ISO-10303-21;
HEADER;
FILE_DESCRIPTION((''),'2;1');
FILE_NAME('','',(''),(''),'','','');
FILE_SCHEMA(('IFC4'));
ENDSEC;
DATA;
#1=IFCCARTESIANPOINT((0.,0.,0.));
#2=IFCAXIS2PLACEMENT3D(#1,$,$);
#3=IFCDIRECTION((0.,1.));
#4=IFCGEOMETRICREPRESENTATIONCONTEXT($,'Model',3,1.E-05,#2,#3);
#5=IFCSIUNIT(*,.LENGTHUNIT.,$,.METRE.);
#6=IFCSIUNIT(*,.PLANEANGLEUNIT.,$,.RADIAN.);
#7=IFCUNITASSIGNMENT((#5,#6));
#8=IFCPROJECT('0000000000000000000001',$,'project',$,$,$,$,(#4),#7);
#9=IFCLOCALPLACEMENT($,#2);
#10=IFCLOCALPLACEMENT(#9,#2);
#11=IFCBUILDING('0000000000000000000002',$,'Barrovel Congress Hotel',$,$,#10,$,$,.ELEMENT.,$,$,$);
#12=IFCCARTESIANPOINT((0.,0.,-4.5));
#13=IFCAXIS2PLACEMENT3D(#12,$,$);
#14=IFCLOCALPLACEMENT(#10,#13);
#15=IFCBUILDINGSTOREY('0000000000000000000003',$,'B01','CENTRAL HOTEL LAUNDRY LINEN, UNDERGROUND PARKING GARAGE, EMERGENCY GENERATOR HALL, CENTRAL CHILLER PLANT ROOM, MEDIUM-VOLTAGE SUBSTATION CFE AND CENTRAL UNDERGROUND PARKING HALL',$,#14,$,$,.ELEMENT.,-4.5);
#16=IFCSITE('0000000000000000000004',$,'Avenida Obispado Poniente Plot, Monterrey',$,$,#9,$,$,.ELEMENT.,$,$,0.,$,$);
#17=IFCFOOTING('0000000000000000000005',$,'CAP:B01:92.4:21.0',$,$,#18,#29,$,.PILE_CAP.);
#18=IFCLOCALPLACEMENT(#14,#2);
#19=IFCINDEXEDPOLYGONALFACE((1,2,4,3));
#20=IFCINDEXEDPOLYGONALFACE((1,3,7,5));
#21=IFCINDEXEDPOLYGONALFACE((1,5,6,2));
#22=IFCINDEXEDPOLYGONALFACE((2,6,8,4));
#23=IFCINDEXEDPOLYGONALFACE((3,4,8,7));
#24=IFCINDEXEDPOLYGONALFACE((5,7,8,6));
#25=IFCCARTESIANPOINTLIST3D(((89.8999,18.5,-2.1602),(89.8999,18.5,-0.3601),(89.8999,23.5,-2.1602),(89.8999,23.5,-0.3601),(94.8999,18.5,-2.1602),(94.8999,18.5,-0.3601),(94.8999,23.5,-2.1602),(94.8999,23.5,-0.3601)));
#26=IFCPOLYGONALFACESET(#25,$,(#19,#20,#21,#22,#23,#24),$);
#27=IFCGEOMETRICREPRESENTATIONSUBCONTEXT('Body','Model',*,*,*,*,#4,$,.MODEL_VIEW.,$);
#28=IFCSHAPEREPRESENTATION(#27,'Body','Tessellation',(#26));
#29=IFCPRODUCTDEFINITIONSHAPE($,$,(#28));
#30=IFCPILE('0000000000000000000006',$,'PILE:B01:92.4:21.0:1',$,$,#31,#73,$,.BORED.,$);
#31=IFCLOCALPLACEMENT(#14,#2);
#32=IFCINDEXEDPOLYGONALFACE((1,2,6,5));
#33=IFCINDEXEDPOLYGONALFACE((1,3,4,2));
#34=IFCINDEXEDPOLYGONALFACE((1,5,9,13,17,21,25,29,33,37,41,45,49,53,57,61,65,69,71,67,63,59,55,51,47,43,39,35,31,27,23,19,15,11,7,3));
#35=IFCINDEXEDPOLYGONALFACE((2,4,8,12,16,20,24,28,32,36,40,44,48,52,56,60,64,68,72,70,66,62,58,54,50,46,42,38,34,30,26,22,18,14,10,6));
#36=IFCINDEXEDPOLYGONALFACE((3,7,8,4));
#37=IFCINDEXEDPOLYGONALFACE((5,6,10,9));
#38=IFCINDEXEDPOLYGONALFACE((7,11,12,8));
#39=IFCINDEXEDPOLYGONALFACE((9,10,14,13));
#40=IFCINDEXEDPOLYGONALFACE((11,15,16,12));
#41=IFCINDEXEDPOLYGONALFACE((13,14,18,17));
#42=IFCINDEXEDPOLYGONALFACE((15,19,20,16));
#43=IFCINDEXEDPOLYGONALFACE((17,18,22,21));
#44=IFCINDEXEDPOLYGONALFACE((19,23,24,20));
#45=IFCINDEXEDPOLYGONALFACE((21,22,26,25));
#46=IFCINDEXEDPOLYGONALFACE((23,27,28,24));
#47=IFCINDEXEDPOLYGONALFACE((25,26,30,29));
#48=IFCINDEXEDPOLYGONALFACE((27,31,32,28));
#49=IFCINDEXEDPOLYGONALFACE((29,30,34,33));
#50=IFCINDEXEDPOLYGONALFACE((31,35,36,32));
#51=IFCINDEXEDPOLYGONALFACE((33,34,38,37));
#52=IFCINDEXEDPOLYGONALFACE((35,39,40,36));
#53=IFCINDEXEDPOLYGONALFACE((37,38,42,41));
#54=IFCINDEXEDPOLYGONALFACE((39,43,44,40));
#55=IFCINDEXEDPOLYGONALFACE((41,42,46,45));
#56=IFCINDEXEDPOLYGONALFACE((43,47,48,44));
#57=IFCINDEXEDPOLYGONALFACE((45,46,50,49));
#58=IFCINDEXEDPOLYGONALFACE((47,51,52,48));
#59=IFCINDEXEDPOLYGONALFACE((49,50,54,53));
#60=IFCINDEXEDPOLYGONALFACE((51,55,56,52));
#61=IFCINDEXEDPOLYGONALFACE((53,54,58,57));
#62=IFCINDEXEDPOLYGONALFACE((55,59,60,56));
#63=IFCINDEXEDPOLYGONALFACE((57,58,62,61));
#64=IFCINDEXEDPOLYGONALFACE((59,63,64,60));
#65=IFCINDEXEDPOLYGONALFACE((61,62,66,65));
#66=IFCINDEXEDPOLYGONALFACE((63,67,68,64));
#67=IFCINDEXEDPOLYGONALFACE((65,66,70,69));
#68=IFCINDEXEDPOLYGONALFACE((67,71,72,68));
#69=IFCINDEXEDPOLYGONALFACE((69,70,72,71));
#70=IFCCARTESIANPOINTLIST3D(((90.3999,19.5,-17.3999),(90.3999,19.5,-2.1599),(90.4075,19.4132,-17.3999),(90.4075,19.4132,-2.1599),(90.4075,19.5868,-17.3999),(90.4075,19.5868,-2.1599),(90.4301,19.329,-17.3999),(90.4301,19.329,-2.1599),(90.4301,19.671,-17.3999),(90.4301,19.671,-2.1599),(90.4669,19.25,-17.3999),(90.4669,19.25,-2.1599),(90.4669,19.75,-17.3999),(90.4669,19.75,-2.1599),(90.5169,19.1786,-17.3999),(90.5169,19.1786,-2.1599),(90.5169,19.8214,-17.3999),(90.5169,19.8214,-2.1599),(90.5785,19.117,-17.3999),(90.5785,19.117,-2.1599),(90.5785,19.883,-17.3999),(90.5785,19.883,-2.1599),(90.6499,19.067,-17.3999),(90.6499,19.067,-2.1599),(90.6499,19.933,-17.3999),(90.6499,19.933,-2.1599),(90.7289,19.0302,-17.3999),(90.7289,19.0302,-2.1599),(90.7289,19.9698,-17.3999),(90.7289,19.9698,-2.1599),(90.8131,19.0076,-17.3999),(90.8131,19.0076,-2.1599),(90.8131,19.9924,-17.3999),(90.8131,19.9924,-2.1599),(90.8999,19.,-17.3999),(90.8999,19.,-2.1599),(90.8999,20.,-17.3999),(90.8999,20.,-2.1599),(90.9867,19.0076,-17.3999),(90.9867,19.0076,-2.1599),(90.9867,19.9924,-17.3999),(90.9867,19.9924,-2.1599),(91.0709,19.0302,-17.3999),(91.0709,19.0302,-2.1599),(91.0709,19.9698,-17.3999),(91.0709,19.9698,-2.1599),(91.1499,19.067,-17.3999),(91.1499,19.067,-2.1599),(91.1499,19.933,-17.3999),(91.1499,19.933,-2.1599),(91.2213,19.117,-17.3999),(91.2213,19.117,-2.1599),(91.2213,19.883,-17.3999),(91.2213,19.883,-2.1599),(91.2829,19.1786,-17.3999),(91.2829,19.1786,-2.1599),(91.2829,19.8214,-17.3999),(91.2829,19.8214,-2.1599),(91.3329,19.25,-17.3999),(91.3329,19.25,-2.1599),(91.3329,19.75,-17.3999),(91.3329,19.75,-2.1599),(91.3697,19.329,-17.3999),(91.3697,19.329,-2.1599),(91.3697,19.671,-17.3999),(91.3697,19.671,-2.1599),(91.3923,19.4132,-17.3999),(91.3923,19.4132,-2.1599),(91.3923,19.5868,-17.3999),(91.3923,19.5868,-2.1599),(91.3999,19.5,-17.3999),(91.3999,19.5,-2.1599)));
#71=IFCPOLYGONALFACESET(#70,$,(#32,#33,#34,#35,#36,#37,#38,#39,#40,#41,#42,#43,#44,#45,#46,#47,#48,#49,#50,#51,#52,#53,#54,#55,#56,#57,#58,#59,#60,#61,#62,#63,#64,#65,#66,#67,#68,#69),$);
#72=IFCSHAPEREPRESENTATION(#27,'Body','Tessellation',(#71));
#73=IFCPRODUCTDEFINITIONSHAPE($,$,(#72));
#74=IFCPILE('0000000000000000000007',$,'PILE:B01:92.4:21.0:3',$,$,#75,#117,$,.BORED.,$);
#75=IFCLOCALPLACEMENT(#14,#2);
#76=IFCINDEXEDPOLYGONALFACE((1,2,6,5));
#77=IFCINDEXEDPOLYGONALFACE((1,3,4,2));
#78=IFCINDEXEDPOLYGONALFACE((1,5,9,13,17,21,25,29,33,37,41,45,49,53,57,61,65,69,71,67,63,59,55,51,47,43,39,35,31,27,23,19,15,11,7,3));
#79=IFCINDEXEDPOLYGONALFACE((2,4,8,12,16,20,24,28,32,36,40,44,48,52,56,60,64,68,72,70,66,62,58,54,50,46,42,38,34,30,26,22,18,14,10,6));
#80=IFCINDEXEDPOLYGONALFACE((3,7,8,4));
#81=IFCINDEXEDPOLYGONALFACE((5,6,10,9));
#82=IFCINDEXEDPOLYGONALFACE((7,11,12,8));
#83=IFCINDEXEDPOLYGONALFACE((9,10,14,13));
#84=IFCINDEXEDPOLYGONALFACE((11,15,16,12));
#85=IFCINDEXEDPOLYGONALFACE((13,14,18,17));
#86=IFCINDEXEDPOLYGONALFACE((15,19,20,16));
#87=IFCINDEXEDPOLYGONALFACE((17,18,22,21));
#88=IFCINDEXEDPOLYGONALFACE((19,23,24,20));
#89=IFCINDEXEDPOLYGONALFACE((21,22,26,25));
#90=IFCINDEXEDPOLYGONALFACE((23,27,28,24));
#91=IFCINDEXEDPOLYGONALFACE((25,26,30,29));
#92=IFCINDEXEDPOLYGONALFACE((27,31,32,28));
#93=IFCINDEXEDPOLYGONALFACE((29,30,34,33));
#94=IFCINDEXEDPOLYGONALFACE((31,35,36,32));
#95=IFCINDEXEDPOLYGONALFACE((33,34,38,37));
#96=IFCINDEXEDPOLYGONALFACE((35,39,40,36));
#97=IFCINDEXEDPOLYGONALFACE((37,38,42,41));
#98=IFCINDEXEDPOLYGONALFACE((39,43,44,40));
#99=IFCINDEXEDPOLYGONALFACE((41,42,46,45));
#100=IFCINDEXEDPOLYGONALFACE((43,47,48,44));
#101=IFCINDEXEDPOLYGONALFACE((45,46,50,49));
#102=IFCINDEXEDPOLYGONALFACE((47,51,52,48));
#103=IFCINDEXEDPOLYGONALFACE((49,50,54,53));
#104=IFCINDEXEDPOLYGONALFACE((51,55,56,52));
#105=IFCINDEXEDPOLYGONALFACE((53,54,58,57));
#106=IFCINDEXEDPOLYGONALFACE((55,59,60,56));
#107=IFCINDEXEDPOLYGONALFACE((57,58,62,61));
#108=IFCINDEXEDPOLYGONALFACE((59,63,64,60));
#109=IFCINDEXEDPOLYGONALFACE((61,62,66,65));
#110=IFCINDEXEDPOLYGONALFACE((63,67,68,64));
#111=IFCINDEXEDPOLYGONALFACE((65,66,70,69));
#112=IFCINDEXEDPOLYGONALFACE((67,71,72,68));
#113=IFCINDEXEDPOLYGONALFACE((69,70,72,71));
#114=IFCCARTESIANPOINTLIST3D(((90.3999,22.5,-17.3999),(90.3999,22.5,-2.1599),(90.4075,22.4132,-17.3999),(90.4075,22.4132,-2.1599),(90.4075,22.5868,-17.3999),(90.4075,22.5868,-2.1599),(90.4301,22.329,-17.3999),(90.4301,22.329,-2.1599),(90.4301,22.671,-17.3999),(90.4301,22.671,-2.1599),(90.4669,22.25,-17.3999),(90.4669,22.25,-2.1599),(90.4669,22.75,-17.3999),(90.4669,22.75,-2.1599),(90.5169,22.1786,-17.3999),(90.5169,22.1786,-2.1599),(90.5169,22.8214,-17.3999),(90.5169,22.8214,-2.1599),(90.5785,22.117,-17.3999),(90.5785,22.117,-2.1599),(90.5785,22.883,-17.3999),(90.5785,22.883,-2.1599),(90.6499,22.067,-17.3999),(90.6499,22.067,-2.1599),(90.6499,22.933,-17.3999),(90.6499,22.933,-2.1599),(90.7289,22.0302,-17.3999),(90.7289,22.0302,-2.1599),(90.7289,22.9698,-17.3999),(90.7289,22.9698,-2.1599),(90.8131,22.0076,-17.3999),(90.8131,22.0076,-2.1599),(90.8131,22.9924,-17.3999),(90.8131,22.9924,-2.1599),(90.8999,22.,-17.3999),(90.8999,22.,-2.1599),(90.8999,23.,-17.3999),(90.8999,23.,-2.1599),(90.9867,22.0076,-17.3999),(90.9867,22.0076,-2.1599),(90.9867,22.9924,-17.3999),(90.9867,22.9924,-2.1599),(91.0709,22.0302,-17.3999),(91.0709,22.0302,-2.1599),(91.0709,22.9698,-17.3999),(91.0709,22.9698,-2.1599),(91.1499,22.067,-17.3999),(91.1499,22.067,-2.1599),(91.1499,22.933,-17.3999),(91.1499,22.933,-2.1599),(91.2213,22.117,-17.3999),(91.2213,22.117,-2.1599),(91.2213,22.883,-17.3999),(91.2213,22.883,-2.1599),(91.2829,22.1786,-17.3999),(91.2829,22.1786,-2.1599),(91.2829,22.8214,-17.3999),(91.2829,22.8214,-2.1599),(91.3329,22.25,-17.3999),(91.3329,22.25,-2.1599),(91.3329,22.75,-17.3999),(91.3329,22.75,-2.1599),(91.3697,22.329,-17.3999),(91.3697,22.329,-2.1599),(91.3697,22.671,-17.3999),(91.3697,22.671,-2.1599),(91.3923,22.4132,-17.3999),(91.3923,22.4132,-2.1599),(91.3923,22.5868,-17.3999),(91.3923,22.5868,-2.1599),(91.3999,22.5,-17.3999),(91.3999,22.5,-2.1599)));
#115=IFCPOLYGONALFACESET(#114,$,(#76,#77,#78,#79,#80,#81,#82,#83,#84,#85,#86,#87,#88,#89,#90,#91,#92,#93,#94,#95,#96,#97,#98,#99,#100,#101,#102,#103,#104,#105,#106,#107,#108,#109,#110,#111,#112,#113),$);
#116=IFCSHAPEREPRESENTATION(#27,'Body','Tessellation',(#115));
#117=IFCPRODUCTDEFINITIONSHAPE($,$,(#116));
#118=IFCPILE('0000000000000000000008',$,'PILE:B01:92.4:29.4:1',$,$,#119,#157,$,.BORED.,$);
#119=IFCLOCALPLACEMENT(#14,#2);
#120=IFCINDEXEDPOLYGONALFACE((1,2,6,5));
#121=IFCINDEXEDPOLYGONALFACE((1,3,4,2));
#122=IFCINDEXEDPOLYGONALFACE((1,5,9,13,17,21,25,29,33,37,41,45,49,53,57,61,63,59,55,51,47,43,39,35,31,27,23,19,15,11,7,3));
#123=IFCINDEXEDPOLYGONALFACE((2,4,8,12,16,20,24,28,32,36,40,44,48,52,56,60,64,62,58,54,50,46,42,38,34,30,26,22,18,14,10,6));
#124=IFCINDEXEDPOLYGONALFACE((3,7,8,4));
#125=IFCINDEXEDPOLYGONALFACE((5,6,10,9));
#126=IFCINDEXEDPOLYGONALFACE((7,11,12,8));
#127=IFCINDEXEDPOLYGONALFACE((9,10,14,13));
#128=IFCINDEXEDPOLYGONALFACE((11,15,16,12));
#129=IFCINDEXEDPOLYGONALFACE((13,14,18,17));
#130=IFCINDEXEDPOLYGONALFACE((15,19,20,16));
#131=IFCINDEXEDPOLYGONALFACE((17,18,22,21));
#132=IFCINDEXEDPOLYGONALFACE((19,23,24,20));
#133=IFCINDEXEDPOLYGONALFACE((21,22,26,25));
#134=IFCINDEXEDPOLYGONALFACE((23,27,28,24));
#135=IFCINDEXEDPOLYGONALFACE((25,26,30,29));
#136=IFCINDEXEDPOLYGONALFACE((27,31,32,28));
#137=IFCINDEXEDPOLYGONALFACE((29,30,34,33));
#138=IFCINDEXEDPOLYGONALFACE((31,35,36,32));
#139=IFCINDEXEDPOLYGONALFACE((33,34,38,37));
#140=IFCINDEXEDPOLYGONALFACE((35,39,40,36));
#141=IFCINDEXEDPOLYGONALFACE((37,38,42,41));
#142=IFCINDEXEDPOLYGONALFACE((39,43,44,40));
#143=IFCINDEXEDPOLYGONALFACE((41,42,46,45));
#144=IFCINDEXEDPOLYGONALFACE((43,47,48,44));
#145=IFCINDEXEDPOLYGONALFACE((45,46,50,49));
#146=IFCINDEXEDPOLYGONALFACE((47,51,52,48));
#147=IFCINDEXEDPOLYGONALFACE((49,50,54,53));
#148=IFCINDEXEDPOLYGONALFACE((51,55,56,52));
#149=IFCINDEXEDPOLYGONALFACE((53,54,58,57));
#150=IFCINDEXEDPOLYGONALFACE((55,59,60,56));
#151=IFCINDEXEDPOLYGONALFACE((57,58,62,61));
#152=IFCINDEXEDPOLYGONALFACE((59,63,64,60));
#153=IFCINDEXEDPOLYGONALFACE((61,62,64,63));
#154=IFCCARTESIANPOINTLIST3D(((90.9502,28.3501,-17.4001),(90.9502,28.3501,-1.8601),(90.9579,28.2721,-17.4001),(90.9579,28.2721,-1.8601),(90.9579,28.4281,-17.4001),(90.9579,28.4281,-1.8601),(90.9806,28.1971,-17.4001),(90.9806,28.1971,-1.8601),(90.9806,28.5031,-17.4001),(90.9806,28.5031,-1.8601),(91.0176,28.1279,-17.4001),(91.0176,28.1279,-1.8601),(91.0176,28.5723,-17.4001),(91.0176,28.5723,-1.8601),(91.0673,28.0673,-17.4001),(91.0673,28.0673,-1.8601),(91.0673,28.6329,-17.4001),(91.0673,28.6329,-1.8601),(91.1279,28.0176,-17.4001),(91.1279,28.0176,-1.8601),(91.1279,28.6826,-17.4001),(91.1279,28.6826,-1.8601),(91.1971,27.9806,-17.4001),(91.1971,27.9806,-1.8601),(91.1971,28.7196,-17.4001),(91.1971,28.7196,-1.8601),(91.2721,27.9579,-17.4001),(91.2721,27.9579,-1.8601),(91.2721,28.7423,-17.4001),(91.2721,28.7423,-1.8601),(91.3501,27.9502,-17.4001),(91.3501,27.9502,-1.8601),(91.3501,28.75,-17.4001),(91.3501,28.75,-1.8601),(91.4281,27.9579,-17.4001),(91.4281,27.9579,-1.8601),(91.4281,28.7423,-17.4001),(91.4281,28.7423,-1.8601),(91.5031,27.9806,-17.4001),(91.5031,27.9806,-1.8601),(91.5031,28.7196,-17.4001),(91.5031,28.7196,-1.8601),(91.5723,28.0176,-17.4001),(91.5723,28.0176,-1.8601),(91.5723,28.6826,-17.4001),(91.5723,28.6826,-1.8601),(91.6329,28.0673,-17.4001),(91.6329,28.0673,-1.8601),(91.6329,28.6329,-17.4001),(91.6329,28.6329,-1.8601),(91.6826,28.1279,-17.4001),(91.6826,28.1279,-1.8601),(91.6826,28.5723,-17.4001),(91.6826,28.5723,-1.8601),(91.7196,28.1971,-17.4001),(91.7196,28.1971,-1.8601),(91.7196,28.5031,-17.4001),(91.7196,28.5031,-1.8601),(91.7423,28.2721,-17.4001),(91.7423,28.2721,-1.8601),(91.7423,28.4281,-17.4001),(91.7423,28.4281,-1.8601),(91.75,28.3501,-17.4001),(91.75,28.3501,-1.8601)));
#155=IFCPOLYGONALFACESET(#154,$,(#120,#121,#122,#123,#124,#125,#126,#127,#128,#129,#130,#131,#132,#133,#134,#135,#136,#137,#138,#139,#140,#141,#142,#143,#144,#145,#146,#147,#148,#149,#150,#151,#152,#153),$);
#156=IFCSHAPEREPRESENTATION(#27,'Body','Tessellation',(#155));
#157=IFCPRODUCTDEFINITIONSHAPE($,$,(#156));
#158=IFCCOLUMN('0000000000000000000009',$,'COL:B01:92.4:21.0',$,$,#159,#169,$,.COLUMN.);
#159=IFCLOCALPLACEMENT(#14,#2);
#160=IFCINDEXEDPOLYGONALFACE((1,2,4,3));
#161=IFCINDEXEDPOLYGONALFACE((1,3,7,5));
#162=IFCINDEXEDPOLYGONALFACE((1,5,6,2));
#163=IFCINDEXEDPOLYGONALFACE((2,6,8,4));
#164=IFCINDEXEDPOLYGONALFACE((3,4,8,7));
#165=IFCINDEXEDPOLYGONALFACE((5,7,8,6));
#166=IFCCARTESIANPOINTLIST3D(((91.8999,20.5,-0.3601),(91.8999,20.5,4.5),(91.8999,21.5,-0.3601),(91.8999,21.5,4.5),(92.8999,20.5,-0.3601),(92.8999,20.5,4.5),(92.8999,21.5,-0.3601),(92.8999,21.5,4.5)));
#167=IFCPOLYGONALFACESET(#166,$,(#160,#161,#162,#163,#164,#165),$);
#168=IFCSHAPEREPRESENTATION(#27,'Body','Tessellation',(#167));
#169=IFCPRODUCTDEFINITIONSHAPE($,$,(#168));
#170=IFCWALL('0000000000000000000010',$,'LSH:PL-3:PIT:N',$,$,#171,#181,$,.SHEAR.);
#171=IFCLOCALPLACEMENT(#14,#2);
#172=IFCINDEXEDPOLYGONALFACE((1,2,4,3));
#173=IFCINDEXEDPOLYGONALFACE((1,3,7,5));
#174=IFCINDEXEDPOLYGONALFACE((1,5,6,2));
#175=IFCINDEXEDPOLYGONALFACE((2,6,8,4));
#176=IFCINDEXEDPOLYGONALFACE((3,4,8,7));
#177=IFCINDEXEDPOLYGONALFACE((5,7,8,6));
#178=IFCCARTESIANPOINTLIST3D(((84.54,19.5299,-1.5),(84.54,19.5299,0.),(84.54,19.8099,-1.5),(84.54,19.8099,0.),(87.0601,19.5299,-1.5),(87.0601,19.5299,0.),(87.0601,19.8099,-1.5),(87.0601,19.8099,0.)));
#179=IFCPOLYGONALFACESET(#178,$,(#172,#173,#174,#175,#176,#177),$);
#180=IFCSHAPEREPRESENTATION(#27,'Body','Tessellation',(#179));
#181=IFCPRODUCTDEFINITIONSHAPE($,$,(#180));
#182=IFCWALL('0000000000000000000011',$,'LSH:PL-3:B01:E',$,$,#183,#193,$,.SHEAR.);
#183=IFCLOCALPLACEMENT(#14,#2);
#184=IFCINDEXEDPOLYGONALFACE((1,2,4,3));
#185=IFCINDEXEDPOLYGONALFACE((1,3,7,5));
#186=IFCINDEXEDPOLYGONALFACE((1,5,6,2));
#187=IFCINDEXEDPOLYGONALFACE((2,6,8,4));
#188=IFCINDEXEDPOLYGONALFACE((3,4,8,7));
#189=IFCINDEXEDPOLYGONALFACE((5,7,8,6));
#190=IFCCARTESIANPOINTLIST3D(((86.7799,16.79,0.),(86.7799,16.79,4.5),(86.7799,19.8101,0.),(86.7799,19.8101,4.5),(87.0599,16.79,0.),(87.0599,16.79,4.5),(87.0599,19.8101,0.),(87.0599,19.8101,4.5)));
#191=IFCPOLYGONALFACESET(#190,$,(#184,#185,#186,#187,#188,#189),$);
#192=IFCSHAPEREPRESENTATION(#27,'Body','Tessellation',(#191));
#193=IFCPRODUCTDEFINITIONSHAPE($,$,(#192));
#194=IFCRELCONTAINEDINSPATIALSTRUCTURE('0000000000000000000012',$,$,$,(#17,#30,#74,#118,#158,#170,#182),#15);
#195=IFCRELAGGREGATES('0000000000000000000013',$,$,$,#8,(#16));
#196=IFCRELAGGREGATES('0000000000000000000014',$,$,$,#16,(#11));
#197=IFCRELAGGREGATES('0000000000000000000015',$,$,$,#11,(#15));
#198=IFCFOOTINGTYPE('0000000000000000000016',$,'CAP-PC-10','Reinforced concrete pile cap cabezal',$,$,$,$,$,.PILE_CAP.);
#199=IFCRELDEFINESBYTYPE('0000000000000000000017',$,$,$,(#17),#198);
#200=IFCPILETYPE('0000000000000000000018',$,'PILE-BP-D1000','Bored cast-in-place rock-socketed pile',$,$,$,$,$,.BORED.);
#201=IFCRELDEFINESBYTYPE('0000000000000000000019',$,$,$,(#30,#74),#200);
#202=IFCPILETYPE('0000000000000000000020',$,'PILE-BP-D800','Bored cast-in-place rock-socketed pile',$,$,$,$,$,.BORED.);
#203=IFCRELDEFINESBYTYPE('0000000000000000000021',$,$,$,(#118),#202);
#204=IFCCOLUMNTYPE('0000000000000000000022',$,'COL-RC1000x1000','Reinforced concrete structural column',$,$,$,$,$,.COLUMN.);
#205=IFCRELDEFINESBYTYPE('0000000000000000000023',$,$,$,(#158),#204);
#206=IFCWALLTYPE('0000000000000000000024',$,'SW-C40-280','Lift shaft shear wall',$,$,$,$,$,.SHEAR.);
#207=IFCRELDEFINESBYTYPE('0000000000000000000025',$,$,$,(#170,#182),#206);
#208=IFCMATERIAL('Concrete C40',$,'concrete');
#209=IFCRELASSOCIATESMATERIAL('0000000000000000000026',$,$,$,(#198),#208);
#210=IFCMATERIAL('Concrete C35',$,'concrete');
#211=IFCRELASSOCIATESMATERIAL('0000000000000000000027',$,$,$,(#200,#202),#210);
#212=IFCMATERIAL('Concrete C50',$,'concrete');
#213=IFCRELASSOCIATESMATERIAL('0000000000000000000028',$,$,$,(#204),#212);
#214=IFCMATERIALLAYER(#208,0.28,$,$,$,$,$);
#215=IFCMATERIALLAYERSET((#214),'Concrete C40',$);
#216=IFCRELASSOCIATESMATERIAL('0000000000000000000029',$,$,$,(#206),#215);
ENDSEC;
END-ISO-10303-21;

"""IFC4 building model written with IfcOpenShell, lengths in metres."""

from ifc_helpers import new_model, si_unit, direction, frame, frame_2d, origin, origin_2d, place, context, subcontext, project, spatial, rectangle, circle, extrude, material, layer, layer_set, material_profile, profile_set, type_object, element, save


model = new_model("IFC4")

# Units and contexts
model_context = context("Model", 3, precision=1e-05, world=origin(), true_north=direction((0.0, 1.0)))
body_context = subcontext(model_context, "Body", "Model", "MODEL_VIEW")
ifc_project = project(units=[si_unit("LENGTHUNIT", "METRE"), si_unit("PLANEANGLEUNIT", "RADIAN")], contexts=[model_context])

# Site, building, storey
site_placement = place(None, origin())
site = spatial("IfcSite", under=ifc_project, at=site_placement, Name="Avenida Obispado Poniente Plot, Monterrey", CompositionType="ELEMENT", RefElevation=0.0)
building_placement = place(site_placement, origin())
building = spatial("IfcBuilding", under=site, at=building_placement, Name="Barrovel Congress Hotel", CompositionType="ELEMENT")
storey_placement = place(building_placement, frame((0.0, 0.0, -4.5)))
storey = spatial("IfcBuildingStorey", under=building, at=storey_placement, Name="B01", Description="CENTRAL HOTEL LAUNDRY LINEN, UNDERGROUND PARKING GARAGE, EMERGENCY GENERATOR HALL, CENTRAL CHILLER PLANT ROOM, MEDIUM-VOLTAGE SUBSTATION CFE AND CENTRAL UNDERGROUND PARKING HALL", CompositionType="ELEMENT", Elevation=-4.5)

# Footing
ifc_material_1 = material(Name="Concrete C40", Category="concrete")
footing_type = type_object("IfcFootingType", Name="CAP-PC-10", Description="Reinforced concrete pile cap cabezal", PredefinedType="PILE_CAP", material=ifc_material_1)
footing_placement = place(storey_placement, frame((92.3999, 21.0, -2.1602), z_axis=(0.0, 0.0, 1.0), x_axis=(1.0, 0.0, 0.0)))
element("IfcFooting", 1, at=footing_placement, inside=storey, type_object=footing_type, Name="CAP:B01:92.4:21.0", PredefinedType="PILE_CAP", context=body_context, shape_type="SweptSolid", body=[
    extrude(rectangle(XDim=5.0, YDim=5.0, at=origin_2d()), origin(), (0.0, 0.0, 1.0), 1.8),
])

# Piles
ifc_material_2 = material(Name="Concrete C35", Category="concrete")
ifc_material_profile_1 = material_profile(ifc_material_2, circle(Radius=0.5, at=origin_2d()), Name="BP-D1000")
ifc_profile_set_1 = profile_set([ifc_material_profile_1], Name="Concrete C35")
pile_type_1 = type_object("IfcPileType", Name="PILE-BP-D1000", Description="Bored cast-in-place rock-socketed pile", PredefinedType="BORED", material=ifc_profile_set_1)
for number, where, z_axis, x_axis, name in (
    (2, (90.8999, 19.5, -2.1599), (0.0, 0.0, -1.0), (1.0, 0.0, 0.0), "PILE:B01:92.4:21.0:1"),
    (3, (90.8999, 22.5, -2.1599), (0.0, 0.0, -1.0), (1.0, 0.0, 0.0), "PILE:B01:92.4:21.0:3"),
):
    element("IfcPile", number, at=place(storey_placement, frame(where, z_axis=z_axis, x_axis=x_axis)), inside=storey, type_object=pile_type_1, Name=name, PredefinedType="BORED", context=body_context, shape_type="SweptSolid", body=[
        extrude(circle(Radius=0.5, at=origin_2d()), origin(), (0.0, 0.0, 1.0), 15.24),
    ])
ifc_material_profile_2 = material_profile(ifc_material_2, circle(Radius=0.3999, at=origin_2d()), Name="BP-D800")
ifc_profile_set_2 = profile_set([ifc_material_profile_2], Name="Concrete C35")
pile_type_2 = type_object("IfcPileType", Name="PILE-BP-D800", Description="Bored cast-in-place rock-socketed pile", PredefinedType="BORED", material=ifc_profile_set_2)
pile_placement = place(storey_placement, frame((91.3501, 28.3501, -1.8601), z_axis=(0.0, 0.0, -1.0), x_axis=(1.0, 0.0, 0.0)))
element("IfcPile", 4, at=pile_placement, inside=storey, type_object=pile_type_2, Name="PILE:B01:92.4:29.4:1", PredefinedType="BORED", context=body_context, shape_type="SweptSolid", body=[
    extrude(circle(Radius=0.3999, at=origin_2d()), origin(), (0.0, 0.0, 1.0), 15.54),
])

# Column
ifc_material_3 = material(Name="Concrete C50", Category="concrete")
ifc_material_profile_3 = material_profile(ifc_material_3, rectangle(XDim=1.0, YDim=1.0, at=origin_2d()), Name="RC1000x1000")
ifc_profile_set_3 = profile_set([ifc_material_profile_3], Name="Concrete C50")
column_type = type_object("IfcColumnType", Name="COL-RC1000x1000", Description="Reinforced concrete structural column", PredefinedType="COLUMN", material=ifc_profile_set_3)
column_placement = place(storey_placement, frame((92.3999, 21.0, -0.3601), z_axis=(0.0, 0.0, 1.0), x_axis=(1.0, 0.0, 0.0)))
element("IfcColumn", 5, at=column_placement, inside=storey, type_object=column_type, Name="COL:B01:92.4:21.0", PredefinedType="COLUMN", context=body_context, shape_type="SweptSolid", body=[
    extrude(rectangle(XDim=1.0, YDim=1.0, at=origin_2d()), origin(), (0.0, 0.0, 1.0), 4.8601),
])

# Walls
ifc_layer = layer(ifc_material_1, 0.28)
ifc_layer_set = layer_set([ifc_layer], Name="Concrete C40")
wall_type = type_object("IfcWallType", Name="SW-C40-280", Description="Lift shaft shear wall", PredefinedType="SHEAR", material=ifc_layer_set)
wall_1_placement = place(storey_placement, frame((87.0601, 19.6699, -1.5), z_axis=(0.0, 0.0, 1.0), x_axis=(-1.0, 0.0, 0.0)))
element("IfcWall", 6, at=wall_1_placement, inside=storey, type_object=wall_type, Name="LSH:PL-3:PIT:N", PredefinedType="SHEAR", context=body_context, shape_type="SweptSolid", body=[
    extrude(rectangle(XDim=2.52, YDim=0.28, at=frame_2d((1.26, 0.0))), origin(), (0.0, 0.0, 1.0), 1.5),
])
wall_2_placement = place(storey_placement, frame((86.9199, 16.79, 0.0), z_axis=(0.0, 0.0, 1.0), x_axis=(0.0, 1.0, 0.0)))
element("IfcWall", 7, at=wall_2_placement, inside=storey, type_object=wall_type, Name="LSH:PL-3:B01:E", PredefinedType="SHEAR", context=body_context, shape_type="SweptSolid", body=[
    extrude(rectangle(XDim=3.02, YDim=0.28, at=frame_2d((1.51, 0.0))), origin(), (0.0, 0.0, 1.0), 4.5),
])

save(model, "model.ifc")
